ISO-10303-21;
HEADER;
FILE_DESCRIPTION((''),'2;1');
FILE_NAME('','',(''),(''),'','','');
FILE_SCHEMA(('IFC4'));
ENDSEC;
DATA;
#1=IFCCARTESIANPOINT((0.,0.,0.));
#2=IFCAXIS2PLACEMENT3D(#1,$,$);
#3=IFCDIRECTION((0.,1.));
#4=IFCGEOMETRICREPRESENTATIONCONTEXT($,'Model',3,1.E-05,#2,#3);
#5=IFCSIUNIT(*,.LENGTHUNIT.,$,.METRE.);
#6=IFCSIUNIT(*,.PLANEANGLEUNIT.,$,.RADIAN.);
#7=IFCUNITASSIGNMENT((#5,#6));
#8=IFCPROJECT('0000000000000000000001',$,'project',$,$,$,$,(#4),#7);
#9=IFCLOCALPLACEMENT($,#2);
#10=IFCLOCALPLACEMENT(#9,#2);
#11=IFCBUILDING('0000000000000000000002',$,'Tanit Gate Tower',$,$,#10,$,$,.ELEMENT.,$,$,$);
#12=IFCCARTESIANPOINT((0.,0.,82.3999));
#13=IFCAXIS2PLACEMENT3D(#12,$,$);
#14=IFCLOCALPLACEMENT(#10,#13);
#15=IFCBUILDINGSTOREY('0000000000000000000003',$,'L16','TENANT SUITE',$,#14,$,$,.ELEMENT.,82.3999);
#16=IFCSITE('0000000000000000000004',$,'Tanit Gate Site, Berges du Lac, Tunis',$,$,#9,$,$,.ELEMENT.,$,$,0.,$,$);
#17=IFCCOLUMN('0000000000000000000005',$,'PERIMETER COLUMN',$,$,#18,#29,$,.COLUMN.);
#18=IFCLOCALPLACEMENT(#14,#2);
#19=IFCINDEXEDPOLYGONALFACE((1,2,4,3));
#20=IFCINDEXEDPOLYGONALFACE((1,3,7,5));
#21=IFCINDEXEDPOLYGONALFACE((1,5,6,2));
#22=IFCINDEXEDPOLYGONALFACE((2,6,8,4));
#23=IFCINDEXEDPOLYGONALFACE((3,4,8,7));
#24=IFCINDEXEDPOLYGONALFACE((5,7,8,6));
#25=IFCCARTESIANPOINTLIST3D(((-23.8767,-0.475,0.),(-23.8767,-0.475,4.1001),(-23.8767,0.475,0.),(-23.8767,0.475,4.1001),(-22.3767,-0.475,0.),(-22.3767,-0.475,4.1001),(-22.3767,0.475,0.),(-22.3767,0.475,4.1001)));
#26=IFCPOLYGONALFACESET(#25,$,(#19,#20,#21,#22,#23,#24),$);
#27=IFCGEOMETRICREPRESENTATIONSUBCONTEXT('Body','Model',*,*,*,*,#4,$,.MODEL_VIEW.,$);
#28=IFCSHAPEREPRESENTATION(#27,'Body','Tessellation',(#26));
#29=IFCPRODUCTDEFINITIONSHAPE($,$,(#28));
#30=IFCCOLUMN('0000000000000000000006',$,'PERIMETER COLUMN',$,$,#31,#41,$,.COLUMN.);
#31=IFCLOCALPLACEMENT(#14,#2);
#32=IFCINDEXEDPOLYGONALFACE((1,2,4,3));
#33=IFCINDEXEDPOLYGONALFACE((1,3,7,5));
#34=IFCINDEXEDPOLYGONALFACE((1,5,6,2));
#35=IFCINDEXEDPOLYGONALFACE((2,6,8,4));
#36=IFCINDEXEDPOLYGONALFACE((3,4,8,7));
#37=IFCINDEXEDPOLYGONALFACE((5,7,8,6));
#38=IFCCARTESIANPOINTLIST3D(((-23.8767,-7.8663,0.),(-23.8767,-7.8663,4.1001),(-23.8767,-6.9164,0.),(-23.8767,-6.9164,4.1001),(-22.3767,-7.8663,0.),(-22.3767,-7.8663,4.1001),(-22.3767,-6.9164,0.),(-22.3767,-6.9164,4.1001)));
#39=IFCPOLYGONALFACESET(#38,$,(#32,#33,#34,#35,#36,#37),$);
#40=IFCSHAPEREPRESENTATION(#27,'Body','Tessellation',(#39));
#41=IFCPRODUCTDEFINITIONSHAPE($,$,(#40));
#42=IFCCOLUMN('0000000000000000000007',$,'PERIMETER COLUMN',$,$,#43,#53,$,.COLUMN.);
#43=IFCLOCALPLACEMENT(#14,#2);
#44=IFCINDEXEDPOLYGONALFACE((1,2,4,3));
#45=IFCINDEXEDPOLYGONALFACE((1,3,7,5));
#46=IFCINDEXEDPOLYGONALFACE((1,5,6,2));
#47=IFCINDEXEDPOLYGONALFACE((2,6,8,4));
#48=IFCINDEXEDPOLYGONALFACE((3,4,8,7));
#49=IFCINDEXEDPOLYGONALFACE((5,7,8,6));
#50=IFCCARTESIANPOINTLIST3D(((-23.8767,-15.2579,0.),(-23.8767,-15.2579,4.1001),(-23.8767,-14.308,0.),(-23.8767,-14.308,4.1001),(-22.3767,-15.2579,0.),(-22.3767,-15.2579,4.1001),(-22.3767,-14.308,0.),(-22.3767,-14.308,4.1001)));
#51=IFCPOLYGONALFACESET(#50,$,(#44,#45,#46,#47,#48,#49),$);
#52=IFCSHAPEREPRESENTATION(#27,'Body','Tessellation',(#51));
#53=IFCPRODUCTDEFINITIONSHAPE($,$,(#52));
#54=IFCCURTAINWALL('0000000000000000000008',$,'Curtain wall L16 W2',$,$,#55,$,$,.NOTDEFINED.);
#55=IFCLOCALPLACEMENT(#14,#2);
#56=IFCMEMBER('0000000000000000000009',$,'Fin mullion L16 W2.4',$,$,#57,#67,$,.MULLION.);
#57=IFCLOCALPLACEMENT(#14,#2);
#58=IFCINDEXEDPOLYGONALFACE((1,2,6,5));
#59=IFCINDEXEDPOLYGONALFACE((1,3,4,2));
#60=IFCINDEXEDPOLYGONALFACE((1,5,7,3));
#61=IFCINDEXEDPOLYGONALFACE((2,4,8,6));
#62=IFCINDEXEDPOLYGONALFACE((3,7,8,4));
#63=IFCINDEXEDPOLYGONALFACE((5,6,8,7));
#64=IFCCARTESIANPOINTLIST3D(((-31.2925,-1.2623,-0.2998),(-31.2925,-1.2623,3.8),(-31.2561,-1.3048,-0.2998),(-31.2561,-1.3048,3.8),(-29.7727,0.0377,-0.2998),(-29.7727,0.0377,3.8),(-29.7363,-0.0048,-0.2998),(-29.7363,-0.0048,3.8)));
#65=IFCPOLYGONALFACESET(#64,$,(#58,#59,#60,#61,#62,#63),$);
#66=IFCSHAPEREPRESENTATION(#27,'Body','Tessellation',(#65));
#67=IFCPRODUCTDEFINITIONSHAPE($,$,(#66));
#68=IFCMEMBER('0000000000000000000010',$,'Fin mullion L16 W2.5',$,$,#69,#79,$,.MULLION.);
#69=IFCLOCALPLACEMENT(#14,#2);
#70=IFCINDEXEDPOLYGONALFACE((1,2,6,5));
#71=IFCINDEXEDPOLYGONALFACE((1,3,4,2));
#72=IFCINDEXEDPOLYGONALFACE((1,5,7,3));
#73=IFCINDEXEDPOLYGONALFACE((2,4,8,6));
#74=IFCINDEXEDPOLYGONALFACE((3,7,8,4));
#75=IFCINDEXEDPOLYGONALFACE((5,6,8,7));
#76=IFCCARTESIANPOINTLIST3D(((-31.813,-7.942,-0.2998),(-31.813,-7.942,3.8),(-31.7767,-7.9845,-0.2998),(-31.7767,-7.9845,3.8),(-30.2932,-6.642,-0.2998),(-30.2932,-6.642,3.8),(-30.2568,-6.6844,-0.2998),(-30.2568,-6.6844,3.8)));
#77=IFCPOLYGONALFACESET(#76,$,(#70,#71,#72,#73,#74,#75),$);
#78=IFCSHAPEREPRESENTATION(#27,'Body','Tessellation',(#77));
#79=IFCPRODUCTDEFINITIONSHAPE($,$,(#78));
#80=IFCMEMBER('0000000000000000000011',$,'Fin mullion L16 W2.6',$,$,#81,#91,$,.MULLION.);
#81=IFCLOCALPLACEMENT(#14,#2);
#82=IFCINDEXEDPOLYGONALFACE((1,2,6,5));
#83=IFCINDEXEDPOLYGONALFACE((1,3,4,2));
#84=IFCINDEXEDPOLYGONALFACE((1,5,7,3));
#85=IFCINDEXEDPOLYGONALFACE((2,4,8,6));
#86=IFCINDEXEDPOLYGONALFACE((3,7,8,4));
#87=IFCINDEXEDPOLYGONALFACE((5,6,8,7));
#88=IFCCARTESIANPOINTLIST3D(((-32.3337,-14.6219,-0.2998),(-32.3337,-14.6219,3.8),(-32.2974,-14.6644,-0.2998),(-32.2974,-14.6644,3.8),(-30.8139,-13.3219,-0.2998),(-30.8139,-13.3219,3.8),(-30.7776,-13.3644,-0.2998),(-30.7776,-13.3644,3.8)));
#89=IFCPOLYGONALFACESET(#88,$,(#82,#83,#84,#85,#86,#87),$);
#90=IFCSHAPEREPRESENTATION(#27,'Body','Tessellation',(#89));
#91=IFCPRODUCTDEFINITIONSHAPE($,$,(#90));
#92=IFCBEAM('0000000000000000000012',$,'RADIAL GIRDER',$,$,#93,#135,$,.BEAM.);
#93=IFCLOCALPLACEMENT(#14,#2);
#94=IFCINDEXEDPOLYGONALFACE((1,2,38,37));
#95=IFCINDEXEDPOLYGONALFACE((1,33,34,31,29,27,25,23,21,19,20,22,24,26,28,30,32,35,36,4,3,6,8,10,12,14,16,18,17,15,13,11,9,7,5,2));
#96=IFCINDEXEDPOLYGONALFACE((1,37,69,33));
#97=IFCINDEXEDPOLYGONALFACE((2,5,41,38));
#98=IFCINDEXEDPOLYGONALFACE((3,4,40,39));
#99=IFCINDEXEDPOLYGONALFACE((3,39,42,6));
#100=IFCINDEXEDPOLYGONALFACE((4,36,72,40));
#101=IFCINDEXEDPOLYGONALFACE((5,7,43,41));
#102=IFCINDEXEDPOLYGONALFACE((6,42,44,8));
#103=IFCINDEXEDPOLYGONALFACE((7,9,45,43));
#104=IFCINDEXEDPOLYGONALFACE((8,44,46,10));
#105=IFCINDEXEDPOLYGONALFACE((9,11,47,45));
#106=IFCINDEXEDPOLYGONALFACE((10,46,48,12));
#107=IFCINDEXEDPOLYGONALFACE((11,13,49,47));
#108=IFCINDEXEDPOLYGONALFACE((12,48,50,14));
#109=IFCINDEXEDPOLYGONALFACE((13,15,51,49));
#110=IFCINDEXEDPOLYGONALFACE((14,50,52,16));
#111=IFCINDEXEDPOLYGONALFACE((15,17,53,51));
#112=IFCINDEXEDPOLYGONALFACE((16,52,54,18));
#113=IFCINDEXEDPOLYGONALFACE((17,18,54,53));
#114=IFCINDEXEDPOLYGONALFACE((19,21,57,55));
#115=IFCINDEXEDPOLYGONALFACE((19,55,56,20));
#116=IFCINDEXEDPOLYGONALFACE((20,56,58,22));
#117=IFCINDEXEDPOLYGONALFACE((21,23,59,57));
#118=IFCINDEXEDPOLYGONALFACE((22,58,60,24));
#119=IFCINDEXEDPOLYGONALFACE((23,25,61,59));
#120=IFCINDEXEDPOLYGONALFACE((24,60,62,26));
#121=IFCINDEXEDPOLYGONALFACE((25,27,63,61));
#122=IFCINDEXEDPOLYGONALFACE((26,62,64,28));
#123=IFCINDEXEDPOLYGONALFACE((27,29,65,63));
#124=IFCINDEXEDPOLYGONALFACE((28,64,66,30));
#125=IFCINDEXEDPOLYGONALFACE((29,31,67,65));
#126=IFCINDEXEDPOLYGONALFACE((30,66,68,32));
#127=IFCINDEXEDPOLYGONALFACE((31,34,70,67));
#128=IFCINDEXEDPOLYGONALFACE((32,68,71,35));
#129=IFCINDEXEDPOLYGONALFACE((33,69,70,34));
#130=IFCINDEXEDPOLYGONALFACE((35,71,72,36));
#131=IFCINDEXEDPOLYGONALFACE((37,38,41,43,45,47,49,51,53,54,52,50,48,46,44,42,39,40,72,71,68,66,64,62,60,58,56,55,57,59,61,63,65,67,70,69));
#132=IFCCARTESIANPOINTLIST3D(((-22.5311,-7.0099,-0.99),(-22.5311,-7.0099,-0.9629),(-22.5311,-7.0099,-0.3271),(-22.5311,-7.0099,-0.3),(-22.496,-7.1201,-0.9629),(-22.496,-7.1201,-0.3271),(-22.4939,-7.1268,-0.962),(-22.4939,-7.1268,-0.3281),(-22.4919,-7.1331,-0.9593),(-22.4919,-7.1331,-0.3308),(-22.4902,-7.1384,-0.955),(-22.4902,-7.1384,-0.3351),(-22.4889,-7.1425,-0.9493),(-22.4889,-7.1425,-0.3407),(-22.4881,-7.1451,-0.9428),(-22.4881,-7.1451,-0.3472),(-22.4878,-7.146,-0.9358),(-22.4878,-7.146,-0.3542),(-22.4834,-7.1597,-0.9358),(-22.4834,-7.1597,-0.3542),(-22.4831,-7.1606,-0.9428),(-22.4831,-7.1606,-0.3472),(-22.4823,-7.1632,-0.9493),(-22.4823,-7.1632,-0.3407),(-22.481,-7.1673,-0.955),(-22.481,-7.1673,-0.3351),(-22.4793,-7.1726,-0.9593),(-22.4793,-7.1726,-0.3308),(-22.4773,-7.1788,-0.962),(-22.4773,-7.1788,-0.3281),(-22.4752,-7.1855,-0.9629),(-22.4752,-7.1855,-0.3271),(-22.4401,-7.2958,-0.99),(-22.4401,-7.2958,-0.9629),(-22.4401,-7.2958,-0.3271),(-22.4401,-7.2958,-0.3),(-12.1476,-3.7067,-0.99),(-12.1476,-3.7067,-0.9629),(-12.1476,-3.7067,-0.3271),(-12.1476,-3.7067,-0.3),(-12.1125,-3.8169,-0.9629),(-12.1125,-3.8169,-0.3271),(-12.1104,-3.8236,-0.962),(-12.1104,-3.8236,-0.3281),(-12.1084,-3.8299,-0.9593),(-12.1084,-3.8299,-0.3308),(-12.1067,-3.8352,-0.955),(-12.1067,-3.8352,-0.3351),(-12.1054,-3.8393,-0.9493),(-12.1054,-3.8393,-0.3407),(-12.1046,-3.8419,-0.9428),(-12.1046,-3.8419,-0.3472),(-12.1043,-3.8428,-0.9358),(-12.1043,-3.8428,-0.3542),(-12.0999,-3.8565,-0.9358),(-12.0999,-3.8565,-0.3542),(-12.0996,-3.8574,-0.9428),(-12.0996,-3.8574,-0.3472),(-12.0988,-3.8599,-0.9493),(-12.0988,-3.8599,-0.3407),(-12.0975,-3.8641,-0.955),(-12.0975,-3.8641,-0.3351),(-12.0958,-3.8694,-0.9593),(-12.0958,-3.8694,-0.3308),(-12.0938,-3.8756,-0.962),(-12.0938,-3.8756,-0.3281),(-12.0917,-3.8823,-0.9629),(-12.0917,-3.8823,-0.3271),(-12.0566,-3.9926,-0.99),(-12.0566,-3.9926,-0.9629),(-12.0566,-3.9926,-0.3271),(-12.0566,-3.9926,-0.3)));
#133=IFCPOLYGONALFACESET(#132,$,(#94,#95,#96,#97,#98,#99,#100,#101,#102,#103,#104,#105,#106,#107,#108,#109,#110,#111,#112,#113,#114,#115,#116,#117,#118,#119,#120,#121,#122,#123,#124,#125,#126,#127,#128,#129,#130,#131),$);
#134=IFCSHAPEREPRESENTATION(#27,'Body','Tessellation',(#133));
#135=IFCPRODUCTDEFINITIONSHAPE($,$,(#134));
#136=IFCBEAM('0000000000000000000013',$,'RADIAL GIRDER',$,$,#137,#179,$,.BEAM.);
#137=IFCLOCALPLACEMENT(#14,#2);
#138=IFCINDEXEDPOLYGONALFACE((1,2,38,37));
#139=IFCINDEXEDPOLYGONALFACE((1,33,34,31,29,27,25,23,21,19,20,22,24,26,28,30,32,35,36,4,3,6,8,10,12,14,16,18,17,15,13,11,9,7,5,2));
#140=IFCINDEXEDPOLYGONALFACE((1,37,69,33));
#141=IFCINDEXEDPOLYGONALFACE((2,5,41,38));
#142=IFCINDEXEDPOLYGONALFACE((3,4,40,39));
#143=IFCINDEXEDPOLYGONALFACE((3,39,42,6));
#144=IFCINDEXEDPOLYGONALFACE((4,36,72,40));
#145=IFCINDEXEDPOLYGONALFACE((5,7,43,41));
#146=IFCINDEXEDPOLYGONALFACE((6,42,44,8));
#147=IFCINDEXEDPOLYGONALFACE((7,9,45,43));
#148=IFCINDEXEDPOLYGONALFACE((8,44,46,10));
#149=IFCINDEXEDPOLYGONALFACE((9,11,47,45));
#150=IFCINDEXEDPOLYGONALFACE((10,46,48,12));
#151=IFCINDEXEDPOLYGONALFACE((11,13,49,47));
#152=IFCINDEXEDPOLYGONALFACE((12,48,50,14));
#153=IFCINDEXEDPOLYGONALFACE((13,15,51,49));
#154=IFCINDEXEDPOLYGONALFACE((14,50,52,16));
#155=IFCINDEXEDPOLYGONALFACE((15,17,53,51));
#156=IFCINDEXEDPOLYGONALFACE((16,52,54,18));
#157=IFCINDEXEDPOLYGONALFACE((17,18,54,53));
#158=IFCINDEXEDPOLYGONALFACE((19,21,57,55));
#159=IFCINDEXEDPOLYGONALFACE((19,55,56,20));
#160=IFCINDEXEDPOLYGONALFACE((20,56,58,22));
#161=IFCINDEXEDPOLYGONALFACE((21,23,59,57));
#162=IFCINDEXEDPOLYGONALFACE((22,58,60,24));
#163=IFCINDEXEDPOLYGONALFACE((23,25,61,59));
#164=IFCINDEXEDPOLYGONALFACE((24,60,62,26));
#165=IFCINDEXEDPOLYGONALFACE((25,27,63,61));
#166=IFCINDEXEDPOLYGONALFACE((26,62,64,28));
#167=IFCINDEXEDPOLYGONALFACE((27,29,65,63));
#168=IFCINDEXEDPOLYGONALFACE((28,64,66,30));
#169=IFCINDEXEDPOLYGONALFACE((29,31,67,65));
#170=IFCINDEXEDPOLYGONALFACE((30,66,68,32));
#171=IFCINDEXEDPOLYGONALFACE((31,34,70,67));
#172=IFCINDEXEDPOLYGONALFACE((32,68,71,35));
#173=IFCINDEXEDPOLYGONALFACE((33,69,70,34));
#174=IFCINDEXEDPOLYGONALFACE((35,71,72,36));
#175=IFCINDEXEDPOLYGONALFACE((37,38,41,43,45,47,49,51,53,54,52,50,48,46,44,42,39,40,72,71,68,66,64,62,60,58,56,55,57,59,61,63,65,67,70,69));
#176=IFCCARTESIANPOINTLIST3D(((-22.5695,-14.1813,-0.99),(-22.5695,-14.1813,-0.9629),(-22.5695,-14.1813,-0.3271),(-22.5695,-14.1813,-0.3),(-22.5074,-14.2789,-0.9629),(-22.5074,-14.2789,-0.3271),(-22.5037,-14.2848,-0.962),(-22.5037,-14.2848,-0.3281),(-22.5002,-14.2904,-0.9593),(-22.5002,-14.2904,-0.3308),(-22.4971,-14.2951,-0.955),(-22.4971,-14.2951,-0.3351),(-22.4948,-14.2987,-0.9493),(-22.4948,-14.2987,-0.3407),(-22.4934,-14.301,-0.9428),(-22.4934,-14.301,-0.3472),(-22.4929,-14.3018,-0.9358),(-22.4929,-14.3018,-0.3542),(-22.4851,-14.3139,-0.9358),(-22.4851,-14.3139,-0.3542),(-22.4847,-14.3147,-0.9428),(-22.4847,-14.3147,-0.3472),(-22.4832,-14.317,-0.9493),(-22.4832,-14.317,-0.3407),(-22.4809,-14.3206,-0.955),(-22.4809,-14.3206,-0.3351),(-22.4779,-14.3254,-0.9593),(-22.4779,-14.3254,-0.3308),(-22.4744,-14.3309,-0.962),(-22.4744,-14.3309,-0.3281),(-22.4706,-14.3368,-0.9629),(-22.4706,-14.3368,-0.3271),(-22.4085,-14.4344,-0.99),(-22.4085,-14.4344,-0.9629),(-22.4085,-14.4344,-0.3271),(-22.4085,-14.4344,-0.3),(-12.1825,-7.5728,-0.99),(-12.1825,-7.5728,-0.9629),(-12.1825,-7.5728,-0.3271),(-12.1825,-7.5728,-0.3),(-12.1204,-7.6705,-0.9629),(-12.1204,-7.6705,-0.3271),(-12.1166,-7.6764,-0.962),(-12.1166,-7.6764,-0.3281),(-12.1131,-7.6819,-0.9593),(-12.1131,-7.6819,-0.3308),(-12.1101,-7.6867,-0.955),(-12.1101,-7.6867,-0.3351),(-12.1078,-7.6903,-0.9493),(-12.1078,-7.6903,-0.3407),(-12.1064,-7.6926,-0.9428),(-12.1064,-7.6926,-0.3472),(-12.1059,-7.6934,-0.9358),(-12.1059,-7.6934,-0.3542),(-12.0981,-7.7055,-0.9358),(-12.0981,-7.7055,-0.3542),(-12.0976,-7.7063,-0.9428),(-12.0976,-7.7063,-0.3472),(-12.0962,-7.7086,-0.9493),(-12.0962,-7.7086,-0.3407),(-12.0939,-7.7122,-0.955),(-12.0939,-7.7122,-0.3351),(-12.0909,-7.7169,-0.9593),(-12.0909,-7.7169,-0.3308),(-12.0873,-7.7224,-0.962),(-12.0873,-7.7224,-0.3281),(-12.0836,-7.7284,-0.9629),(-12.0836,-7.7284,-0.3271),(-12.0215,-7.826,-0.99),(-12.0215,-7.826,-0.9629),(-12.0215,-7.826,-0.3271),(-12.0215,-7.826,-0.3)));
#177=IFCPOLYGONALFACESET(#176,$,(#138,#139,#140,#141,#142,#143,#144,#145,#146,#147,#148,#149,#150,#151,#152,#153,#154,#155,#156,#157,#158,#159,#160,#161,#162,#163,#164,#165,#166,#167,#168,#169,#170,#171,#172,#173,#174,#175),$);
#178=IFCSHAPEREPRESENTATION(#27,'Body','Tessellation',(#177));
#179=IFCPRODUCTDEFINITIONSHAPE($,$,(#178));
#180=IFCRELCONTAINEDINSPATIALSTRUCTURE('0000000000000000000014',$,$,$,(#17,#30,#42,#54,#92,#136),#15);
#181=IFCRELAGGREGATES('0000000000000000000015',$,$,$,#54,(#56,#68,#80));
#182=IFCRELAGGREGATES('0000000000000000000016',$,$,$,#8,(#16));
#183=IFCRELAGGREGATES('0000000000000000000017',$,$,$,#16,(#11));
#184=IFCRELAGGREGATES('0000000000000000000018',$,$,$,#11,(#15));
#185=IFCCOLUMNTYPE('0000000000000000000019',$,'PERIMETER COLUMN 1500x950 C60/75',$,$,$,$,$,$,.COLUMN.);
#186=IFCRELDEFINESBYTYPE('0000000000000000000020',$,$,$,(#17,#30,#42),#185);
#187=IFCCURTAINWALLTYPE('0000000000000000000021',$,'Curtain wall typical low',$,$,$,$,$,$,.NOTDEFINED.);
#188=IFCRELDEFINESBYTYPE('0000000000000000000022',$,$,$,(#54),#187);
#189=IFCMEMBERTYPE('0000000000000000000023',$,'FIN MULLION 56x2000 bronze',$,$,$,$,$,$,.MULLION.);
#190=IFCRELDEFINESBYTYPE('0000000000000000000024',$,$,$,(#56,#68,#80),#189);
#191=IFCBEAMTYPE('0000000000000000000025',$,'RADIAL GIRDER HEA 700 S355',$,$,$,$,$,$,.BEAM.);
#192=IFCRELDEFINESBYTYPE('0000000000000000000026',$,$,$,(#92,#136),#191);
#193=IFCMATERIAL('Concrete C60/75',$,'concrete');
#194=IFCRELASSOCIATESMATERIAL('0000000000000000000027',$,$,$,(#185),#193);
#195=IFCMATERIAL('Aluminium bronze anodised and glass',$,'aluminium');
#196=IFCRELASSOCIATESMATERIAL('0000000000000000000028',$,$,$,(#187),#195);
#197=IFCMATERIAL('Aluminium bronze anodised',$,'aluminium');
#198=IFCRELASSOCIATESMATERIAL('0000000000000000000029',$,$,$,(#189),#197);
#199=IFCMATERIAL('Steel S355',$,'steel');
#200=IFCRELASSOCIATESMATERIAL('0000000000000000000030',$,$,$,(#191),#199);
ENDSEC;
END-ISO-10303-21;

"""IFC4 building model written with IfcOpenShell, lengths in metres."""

from ifc_helpers import new_model, si_unit, direction, frame, origin, origin_2d, place, context, subcontext, project, spatial, rectangle, i_section, extrude, material, material_profile, profile_set, type_object, element, aggregate, save


model = new_model("IFC4")

# Units and contexts
model_context = context("Model", 3, precision=1e-05, world=origin(), true_north=direction((0.0, 1.0)))
body_context = subcontext(model_context, "Body", "Model", "MODEL_VIEW")
ifc_project = project(units=[si_unit("LENGTHUNIT", "METRE"), si_unit("PLANEANGLEUNIT", "RADIAN")], contexts=[model_context])

# Site, building, storey
site_placement = place(None, origin())
site = spatial("IfcSite", under=ifc_project, at=site_placement, Name="Tanit Gate Site, Berges du Lac, Tunis", CompositionType="ELEMENT", RefElevation=0.0)
building_placement = place(site_placement, origin())
building = spatial("IfcBuilding", under=site, at=building_placement, Name="Tanit Gate Tower", CompositionType="ELEMENT")
storey_placement = place(building_placement, frame((0.0, 0.0, 82.3999)))
storey = spatial("IfcBuildingStorey", under=building, at=storey_placement, Name="L16", Description="TENANT SUITE", CompositionType="ELEMENT", Elevation=82.3999)

# Columns
ifc_material_1 = material(Name="Concrete C60/75", Category="concrete")
ifc_material_profile_1 = material_profile(ifc_material_1, rectangle(XDim=1.5, YDim=0.95, at=origin_2d()), Name="RC 1500x950")
ifc_profile_set_1 = profile_set([ifc_material_profile_1], Name="Concrete C60/75")
column_type = type_object("IfcColumnType", Name="PERIMETER COLUMN 1500x950 C60/75", PredefinedType="COLUMN", material=ifc_profile_set_1)
for number, where, z_axis, x_axis, name in (
    (1, (-23.1267, 0.0, 0.0), (0.0, 0.0, 1.0), (-1.0, 0.0, 0.0), "PERIMETER COLUMN"),
    (2, (-23.1267, -7.3914, 0.0), (0.0, 0.0, 1.0), (-1.0, 0.0, 0.0), "PERIMETER COLUMN"),
    (3, (-23.1267, -14.783, 0.0), (0.0, 0.0, 1.0), (-1.0, 0.0, 0.0), "PERIMETER COLUMN"),
):
    element("IfcColumn", number, at=place(storey_placement, frame(where, z_axis=z_axis, x_axis=x_axis)), inside=storey, type_object=column_type, Name=name, PredefinedType="COLUMN", context=body_context, shape_type="SweptSolid", body=[
        extrude(rectangle(XDim=1.5, YDim=0.95, at=origin_2d()), origin(), (0.0, 0.0, 1.0), 4.1001),
    ])

# Curtain wall, members
ifc_material_2 = material(Name="Aluminium bronze anodised and glass", Category="aluminium")
curtain_wall_type = type_object("IfcCurtainWallType", Name="Curtain wall typical low", PredefinedType="NOTDEFINED", material=ifc_material_2)
curtain_wall_placement = place(storey_placement, origin())
curtain_wall = element("IfcCurtainWall", 4, at=curtain_wall_placement, inside=storey, type_object=curtain_wall_type, Name="Curtain wall L16 W2", PredefinedType="NOTDEFINED")
ifc_material_3 = material(Name="Aluminium bronze anodised", Category="aluminium")
ifc_material_profile_2 = material_profile(ifc_material_3, rectangle(XDim=2.0, YDim=0.0559, at=origin_2d()), Name="56x2000 bronze fin mullion")
ifc_profile_set_2 = profile_set([ifc_material_profile_2], Name="Aluminium bronze anodised")
member_type_1 = type_object("IfcMemberType", Name="FIN MULLION 56x2000 bronze", PredefinedType="MULLION", material=ifc_profile_set_2)
member_1_placement = place(storey_placement, frame((-30.5144, -0.6335, -0.2998), z_axis=(0.0, 0.0, 1.0), x_axis=(0.759912, 0.650026, 0.0)))
member_1 = element("IfcMember", 5, at=member_1_placement, type_object=member_type_1, Name="Fin mullion L16 W2.4", PredefinedType="MULLION", context=body_context, shape_type="SweptSolid", body=[
    extrude(rectangle(XDim=2.0, YDim=0.0559, at=origin_2d()), origin(), (0.0, 0.0, 1.0), 4.0999),
])
member_2_placement = place(storey_placement, frame((-31.0349, -7.3132, -0.2998), z_axis=(0.0, 0.0, 1.0), x_axis=(0.759912, 0.650026, 0.0)))
member_2 = element("IfcMember", 6, at=member_2_placement, type_object=member_type_1, Name="Fin mullion L16 W2.5", PredefinedType="MULLION", context=body_context, shape_type="SweptSolid", body=[
    extrude(rectangle(XDim=2.0, YDim=0.0559, at=origin_2d()), origin(), (0.0, 0.0, 1.0), 4.0999),
])
member_3_placement = place(storey_placement, frame((-31.5557, -13.9932, -0.2998), z_axis=(0.0, 0.0, 1.0), x_axis=(0.759912, 0.650026, 0.0)))
member_3 = element("IfcMember", 7, at=member_3_placement, type_object=member_type_1, Name="Fin mullion L16 W2.6", PredefinedType="MULLION", context=body_context, shape_type="SweptSolid", body=[
    extrude(rectangle(XDim=2.0, YDim=0.0559, at=origin_2d()), origin(), (0.0, 0.0, 1.0), 4.0999),
])

# Beams
ifc_material_4 = material(Name="Steel S355", Category="steel")
ifc_material_profile_3 = material_profile(ifc_material_4, i_section(OverallWidth=0.3, OverallDepth=0.6899, WebThickness=0.0144, FlangeThickness=0.0271, FilletRadius=0.0271, at=origin_2d()), Name="HEA 700")
ifc_profile_set_3 = profile_set([ifc_material_profile_3], Name="Steel S355")
beam_type = type_object("IfcBeamType", Name="RADIAL GIRDER HEA 700 S355", PredefinedType="BEAM", material=ifc_profile_set_3)
beam_1_placement = place(storey_placement, frame((-22.4856, -7.1528, -0.645), z_axis=(0.952943, 0.303151, 0.0), x_axis=(-0.303151, 0.952943, 0.0)))
element("IfcBeam", 8, at=beam_1_placement, inside=storey, type_object=beam_type, Name="RADIAL GIRDER", PredefinedType="BEAM", context=body_context, shape_type="SweptSolid", body=[
    extrude(i_section(OverallWidth=0.3, OverallDepth=0.6899, WebThickness=0.0144, FlangeThickness=0.0271, FilletRadius=0.0271, at=origin_2d()), origin(), (0.0, 0.0, 1.0), 10.8962),
])
beam_2_placement = place(storey_placement, frame((-22.489, -14.3079, -0.645), z_axis=(0.843716, 0.53679, 0.0), x_axis=(-0.53679, 0.843716, 0.0)))
element("IfcBeam", 9, at=beam_2_placement, inside=storey, type_object=beam_type, Name="RADIAL GIRDER", PredefinedType="BEAM", context=body_context, shape_type="SweptSolid", body=[
    extrude(i_section(OverallWidth=0.3, OverallDepth=0.6899, WebThickness=0.0144, FlangeThickness=0.0271, FilletRadius=0.0271, at=origin_2d()), origin(), (0.0, 0.0, 1.0), 12.311),
])

aggregate(curtain_wall, [member_1, member_2, member_3])

save(model, "model.ifc")
